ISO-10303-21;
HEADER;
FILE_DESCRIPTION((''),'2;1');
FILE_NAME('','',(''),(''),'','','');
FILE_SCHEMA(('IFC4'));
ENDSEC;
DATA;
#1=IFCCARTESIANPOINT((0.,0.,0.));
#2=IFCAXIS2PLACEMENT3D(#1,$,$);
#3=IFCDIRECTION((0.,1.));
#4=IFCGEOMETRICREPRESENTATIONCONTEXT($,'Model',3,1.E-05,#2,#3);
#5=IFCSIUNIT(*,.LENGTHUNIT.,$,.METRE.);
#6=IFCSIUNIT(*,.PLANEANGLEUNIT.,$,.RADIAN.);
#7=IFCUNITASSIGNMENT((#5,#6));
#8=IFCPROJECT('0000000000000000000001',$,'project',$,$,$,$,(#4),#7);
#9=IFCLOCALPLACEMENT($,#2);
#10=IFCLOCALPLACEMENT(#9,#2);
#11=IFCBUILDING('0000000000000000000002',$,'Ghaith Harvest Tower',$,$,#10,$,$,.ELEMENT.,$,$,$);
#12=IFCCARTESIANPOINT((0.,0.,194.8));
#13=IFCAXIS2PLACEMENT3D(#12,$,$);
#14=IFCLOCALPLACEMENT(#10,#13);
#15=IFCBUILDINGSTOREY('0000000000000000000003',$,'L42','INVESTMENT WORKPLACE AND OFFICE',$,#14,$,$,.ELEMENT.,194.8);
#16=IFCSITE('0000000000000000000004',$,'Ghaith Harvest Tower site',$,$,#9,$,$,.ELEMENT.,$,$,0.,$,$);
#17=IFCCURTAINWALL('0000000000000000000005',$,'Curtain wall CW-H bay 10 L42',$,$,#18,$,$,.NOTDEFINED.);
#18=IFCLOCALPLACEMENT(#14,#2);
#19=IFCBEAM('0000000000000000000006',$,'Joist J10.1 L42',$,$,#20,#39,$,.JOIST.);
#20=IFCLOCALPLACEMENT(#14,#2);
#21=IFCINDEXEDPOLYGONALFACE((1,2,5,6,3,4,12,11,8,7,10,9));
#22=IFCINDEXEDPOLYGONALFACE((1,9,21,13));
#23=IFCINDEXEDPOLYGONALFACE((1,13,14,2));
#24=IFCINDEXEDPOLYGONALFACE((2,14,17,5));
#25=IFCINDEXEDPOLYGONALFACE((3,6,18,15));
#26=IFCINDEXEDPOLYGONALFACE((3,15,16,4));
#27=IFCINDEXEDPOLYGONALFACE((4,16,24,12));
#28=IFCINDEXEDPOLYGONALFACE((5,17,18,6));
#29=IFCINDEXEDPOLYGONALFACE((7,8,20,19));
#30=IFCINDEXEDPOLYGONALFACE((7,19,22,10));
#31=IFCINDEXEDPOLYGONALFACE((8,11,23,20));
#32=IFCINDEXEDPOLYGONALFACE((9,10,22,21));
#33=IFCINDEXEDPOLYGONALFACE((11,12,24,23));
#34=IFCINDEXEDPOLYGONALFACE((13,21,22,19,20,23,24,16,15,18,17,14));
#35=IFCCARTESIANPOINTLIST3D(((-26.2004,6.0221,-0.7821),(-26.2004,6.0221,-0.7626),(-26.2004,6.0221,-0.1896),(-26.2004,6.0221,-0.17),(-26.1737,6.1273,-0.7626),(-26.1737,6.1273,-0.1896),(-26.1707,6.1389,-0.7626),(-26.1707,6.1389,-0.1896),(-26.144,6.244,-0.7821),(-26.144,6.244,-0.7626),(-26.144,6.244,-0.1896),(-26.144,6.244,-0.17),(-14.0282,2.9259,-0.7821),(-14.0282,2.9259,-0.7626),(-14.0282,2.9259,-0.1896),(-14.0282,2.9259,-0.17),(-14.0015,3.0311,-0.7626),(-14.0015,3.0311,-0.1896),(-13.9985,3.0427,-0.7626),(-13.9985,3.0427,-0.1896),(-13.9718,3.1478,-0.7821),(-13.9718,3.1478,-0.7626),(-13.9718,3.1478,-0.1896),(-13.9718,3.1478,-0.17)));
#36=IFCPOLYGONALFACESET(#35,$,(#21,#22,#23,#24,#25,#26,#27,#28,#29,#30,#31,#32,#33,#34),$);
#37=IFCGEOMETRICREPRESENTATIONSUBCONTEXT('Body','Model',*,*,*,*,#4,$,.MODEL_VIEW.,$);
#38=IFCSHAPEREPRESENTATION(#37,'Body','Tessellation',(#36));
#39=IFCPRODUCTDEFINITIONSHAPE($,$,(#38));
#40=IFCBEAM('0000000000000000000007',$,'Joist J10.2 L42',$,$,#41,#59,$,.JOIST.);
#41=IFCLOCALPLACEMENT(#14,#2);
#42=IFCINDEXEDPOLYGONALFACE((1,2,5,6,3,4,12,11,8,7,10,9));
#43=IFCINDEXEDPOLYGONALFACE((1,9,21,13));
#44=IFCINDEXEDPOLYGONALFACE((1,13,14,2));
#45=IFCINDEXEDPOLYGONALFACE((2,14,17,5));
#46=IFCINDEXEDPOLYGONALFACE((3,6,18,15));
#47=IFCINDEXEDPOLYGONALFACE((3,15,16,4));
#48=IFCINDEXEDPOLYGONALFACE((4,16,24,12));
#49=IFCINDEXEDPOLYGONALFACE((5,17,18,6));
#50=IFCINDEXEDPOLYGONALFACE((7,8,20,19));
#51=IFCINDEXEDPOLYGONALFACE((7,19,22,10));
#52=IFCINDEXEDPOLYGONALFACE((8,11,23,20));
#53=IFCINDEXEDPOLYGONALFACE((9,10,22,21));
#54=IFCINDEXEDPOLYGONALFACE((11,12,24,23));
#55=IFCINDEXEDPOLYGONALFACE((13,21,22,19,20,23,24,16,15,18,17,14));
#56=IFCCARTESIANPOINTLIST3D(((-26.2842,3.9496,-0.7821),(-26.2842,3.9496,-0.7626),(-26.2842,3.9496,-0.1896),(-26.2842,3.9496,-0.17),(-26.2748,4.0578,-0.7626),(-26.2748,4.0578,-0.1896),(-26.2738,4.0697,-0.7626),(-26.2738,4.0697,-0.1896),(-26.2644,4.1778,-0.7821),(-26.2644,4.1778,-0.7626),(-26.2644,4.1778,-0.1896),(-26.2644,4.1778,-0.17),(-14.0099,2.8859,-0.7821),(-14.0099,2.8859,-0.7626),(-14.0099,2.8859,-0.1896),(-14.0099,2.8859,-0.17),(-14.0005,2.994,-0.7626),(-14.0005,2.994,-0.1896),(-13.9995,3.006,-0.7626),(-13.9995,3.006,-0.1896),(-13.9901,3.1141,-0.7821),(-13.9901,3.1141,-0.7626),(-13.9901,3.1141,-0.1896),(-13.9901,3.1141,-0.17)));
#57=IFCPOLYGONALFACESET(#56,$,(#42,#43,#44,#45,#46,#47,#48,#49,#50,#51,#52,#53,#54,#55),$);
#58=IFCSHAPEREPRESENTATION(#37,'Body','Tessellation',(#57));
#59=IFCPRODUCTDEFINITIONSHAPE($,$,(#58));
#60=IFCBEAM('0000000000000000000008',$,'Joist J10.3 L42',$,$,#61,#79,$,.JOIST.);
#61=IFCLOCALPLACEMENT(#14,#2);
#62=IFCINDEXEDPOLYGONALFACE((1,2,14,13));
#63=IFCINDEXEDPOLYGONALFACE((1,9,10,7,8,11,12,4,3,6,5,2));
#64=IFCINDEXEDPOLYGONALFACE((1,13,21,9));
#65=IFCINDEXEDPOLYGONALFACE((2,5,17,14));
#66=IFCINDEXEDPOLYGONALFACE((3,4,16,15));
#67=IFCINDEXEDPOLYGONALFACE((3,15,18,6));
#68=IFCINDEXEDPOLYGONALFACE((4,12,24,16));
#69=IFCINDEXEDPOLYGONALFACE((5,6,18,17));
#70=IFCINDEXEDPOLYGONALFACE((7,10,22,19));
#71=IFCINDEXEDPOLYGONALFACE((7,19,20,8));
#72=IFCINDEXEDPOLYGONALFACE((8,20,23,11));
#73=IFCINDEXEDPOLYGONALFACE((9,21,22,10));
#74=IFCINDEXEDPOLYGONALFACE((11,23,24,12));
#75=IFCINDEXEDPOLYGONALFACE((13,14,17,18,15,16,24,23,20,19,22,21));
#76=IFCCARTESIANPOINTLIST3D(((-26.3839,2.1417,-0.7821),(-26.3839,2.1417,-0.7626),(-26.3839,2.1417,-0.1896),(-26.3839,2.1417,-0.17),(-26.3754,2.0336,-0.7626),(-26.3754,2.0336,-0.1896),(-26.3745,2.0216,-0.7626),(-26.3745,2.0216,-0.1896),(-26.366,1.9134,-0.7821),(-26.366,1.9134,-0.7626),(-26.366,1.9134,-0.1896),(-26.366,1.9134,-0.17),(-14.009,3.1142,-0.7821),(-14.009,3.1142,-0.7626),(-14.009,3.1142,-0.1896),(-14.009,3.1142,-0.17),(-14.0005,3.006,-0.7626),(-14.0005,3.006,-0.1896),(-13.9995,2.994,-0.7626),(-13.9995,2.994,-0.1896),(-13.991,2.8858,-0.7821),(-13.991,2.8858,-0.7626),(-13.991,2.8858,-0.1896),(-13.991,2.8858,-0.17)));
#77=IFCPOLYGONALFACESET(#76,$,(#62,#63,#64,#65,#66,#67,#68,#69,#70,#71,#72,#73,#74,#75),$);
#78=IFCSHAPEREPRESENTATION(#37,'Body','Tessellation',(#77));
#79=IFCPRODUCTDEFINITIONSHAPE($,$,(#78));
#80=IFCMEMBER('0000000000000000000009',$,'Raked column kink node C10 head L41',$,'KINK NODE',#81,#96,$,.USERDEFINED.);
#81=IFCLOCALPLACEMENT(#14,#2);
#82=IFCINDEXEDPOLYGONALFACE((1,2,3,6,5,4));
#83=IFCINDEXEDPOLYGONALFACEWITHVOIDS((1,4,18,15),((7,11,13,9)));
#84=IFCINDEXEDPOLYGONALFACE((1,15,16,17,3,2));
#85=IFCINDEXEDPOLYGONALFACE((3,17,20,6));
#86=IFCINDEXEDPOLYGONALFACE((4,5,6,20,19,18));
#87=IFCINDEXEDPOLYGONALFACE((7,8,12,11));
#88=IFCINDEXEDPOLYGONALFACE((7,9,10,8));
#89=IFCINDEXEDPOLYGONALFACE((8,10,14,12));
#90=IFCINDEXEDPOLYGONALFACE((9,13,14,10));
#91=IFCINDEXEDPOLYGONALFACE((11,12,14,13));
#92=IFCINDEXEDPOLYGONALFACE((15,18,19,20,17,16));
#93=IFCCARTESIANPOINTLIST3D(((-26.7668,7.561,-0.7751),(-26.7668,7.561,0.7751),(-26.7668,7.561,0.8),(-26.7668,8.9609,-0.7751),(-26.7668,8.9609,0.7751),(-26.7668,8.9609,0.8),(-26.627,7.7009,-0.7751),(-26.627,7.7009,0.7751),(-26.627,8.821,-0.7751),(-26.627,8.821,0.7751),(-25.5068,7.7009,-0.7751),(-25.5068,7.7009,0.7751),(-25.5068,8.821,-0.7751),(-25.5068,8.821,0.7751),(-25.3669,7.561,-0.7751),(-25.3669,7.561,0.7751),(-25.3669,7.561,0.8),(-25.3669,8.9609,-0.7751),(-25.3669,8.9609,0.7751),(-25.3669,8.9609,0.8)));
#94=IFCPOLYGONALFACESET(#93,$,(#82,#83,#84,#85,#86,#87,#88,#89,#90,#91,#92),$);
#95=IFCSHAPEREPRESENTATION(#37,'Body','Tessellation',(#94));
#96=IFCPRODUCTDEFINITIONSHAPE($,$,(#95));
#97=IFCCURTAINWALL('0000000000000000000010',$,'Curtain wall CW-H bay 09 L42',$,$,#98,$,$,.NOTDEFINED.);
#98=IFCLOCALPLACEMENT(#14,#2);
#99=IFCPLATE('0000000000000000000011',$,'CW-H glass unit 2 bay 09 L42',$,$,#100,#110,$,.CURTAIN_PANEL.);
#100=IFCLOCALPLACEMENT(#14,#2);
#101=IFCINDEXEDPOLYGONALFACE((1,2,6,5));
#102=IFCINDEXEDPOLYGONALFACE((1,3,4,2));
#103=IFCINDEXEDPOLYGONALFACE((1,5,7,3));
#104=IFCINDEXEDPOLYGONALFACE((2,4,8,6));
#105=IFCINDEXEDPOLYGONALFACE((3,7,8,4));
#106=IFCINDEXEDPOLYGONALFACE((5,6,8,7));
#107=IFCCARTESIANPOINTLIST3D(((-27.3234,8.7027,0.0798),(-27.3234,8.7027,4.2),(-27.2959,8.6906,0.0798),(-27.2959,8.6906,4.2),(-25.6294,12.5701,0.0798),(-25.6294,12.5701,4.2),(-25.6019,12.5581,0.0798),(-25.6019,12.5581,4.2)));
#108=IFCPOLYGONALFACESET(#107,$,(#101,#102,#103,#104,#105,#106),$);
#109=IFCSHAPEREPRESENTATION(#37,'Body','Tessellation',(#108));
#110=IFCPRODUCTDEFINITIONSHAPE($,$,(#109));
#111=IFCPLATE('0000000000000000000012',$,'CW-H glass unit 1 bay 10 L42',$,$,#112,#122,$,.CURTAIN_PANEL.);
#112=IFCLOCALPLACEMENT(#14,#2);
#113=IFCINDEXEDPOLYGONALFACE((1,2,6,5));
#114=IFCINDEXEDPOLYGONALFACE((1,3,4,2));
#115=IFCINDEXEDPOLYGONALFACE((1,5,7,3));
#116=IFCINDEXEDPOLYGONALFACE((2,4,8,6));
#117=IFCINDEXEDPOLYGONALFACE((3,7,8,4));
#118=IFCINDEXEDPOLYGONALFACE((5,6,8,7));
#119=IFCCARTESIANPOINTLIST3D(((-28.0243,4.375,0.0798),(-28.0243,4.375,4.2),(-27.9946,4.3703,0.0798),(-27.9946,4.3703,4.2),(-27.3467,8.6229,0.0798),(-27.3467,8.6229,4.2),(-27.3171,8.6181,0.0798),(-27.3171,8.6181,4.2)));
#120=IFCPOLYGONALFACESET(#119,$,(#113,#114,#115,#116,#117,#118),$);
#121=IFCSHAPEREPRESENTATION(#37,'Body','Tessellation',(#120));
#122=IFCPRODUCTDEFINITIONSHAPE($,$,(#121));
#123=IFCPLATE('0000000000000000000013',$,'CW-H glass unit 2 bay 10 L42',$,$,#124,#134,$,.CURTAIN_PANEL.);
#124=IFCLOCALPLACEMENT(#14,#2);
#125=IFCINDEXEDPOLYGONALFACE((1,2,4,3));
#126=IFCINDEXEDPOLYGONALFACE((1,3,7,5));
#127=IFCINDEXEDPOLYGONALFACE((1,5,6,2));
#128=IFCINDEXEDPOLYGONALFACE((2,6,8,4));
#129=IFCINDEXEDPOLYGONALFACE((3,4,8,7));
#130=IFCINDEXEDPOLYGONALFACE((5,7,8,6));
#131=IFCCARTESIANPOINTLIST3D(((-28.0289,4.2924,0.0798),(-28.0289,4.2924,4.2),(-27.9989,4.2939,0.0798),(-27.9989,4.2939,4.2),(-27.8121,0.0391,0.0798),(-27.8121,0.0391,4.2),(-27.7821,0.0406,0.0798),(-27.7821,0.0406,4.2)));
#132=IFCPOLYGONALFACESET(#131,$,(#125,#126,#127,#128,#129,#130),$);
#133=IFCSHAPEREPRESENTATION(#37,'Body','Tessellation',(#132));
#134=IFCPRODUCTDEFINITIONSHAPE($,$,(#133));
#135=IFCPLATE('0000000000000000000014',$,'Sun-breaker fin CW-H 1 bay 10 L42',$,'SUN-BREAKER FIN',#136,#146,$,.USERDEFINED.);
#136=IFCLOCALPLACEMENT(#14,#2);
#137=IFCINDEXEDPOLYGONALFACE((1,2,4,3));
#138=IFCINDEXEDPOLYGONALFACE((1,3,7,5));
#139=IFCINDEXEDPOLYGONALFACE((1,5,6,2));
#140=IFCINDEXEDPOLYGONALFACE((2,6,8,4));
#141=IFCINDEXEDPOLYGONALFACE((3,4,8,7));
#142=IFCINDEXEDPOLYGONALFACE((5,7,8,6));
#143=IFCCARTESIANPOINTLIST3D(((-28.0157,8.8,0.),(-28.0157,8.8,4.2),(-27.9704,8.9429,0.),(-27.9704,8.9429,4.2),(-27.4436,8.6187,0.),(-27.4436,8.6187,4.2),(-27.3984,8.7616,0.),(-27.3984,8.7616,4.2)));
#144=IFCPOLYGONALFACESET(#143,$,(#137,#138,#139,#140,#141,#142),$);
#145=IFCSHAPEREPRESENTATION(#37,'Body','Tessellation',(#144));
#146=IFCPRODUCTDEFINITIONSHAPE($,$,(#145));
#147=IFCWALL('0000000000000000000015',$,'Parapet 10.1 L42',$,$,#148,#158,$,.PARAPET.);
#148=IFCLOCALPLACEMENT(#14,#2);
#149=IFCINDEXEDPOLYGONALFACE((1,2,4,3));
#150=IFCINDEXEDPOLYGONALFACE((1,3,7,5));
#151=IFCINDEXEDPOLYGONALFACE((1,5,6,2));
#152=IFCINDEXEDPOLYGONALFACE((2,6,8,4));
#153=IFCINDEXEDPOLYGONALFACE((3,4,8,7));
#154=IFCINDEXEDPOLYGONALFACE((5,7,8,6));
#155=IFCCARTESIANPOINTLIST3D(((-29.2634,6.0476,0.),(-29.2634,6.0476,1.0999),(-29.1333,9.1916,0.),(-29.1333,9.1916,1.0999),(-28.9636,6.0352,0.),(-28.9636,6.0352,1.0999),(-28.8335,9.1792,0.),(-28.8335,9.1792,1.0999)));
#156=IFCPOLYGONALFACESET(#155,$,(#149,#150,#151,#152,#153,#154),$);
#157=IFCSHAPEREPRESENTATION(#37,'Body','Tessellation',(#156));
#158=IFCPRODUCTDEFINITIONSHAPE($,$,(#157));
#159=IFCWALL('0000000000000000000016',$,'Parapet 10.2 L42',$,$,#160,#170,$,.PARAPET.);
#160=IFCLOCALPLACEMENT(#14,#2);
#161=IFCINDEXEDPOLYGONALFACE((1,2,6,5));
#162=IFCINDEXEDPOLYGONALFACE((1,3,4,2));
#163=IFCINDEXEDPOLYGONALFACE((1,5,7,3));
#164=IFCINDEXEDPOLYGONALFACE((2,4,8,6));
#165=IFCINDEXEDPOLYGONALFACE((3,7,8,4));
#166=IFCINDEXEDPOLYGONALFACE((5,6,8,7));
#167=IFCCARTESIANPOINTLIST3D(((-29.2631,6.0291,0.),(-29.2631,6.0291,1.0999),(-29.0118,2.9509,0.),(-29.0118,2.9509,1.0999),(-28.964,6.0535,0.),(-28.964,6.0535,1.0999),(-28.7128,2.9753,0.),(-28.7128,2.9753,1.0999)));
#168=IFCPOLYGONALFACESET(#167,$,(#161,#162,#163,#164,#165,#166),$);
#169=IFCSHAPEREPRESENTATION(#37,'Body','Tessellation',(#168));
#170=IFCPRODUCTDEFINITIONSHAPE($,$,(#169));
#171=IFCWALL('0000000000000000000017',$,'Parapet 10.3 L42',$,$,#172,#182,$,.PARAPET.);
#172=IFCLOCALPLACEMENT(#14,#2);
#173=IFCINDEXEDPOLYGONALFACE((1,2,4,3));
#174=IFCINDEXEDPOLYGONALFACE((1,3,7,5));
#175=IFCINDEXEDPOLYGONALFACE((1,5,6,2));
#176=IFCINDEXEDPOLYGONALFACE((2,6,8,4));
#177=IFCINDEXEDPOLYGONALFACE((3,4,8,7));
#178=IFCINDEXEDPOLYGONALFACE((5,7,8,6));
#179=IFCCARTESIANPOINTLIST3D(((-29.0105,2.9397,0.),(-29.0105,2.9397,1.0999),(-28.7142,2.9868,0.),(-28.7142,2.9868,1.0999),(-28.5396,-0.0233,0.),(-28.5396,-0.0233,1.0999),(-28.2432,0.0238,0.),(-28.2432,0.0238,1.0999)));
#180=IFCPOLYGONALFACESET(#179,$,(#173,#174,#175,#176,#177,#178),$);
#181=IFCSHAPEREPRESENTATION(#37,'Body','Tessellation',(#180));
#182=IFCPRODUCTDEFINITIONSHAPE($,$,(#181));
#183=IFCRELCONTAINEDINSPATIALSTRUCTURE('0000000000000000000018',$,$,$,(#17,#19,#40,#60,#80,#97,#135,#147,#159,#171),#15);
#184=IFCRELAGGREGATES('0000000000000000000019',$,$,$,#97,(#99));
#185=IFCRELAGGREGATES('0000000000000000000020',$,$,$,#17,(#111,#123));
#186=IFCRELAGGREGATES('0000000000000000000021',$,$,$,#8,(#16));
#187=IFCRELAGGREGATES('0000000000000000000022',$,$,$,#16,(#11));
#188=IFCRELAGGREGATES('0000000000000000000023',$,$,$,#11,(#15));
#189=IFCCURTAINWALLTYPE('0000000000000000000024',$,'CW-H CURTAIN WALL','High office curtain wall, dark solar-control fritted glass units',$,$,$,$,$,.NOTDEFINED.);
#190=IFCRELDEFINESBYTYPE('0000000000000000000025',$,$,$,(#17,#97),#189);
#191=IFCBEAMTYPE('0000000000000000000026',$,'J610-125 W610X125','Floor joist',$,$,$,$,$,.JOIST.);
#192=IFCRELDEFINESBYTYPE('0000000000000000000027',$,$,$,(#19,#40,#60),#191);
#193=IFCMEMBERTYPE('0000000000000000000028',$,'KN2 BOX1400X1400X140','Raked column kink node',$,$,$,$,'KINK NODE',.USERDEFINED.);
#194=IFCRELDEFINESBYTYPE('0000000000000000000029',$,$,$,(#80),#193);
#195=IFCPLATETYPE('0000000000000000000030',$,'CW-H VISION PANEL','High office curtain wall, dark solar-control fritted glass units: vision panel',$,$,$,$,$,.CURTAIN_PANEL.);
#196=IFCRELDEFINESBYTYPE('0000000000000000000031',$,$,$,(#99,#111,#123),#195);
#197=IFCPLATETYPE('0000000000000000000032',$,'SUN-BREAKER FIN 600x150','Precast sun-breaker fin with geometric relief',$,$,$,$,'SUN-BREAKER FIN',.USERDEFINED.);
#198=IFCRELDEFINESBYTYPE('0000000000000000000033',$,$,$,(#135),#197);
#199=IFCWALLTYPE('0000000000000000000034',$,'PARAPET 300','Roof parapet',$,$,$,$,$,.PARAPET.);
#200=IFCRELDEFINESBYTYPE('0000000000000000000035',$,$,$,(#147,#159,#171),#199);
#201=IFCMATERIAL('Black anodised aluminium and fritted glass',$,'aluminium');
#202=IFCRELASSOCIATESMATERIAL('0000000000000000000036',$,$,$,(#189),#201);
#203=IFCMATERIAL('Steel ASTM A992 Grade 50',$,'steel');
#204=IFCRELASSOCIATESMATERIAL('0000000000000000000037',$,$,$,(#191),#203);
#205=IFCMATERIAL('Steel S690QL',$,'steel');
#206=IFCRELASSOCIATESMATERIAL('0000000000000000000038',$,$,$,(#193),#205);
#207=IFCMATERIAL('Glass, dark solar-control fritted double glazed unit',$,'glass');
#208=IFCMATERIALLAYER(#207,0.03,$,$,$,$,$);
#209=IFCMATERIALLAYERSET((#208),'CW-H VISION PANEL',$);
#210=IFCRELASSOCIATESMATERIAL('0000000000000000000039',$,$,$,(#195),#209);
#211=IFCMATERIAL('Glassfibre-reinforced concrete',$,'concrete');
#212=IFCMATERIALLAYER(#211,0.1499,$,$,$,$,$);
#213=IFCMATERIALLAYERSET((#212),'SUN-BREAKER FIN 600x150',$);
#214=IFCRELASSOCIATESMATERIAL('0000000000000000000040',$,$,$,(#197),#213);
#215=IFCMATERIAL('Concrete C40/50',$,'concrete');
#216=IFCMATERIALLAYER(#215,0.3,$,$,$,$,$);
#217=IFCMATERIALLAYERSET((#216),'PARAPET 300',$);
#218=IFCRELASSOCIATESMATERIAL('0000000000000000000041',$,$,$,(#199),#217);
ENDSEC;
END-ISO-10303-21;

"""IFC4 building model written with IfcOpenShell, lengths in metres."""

from ifc_helpers import new_model, si_unit, direction, frame, frame_2d, origin, origin_2d, place, context, subcontext, project, spatial, rectangle, hollow_rectangle, i_section, extrude, boolean, material, layer, layer_set, material_profile, profile_set, type_object, element, aggregate, save


model = new_model("IFC4")

# Units and contexts
model_context = context("Model", 3, precision=1e-05, world=origin(), true_north=direction((0.0, 1.0)))
body_context = subcontext(model_context, "Body", "Model", "MODEL_VIEW")
ifc_project = project(units=[si_unit("LENGTHUNIT", "METRE"), si_unit("PLANEANGLEUNIT", "RADIAN")], contexts=[model_context])

# Site, building, storey
site_placement = place(None, origin())
site = spatial("IfcSite", under=ifc_project, at=site_placement, Name="Ghaith Harvest Tower site", CompositionType="ELEMENT", RefElevation=0.0)
building_placement = place(site_placement, origin())
building = spatial("IfcBuilding", under=site, at=building_placement, Name="Ghaith Harvest Tower", CompositionType="ELEMENT")
storey_placement = place(building_placement, frame((0.0, 0.0, 194.8)))
storey = spatial("IfcBuildingStorey", under=building, at=storey_placement, Name="L42", Description="INVESTMENT WORKPLACE AND OFFICE", CompositionType="ELEMENT", Elevation=194.8)

# Curtain wall
ifc_material_1 = material(Name="Black anodised aluminium and fritted glass", Category="aluminium")
curtain_wall_type = type_object("IfcCurtainWallType", Name="CW-H CURTAIN WALL", Description="High office curtain wall, dark solar-control fritted glass units", PredefinedType="NOTDEFINED", material=ifc_material_1)
curtain_wall_1_placement = place(storey_placement, origin())
curtain_wall_1 = element("IfcCurtainWall", 1, at=curtain_wall_1_placement, inside=storey, type_object=curtain_wall_type, Name="Curtain wall CW-H bay 10 L42", PredefinedType="NOTDEFINED")

# Beams
ifc_material_2 = material(Name="Steel ASTM A992 Grade 50", Category="steel")
ifc_material_profile_1 = material_profile(ifc_material_2, i_section(OverallWidth=0.229, OverallDepth=0.6121, WebThickness=0.012, FlangeThickness=0.0195, at=origin_2d()), Name="W610X125")
ifc_profile_set_1 = profile_set([ifc_material_profile_1], Name="Steel ASTM A992 Grade 50")
beam_type_1 = type_object("IfcBeamType", Name="J610-125 W610X125", Description="Floor joist", PredefinedType="JOIST", material=ifc_profile_set_1)
beam_1_placement = place(storey_placement, frame((-14.0, 3.0369, -0.4761), z_axis=(-0.969138, 0.246517, 0.0), x_axis=(-0.246517, -0.969138, 0.0)))
element("IfcBeam", 2, at=beam_1_placement, inside=storey, type_object=beam_type_1, Name="Joist J10.1 L42", PredefinedType="JOIST", context=body_context, shape_type="SweptSolid", body=[
    extrude(i_section(OverallWidth=0.229, OverallDepth=0.6121, WebThickness=0.012, FlangeThickness=0.0195, at=origin_2d()), origin(), (0.0, 0.0, 1.0), 12.5598),
])
beam_2_placement = place(storey_placement, frame((-14.0, 3.0, -0.4761), z_axis=(-0.996266, 0.086338, 0.0), x_axis=(-0.086338, -0.996266, 0.0)))
element("IfcBeam", 3, at=beam_2_placement, inside=storey, type_object=beam_type_1, Name="Joist J10.2 L42", PredefinedType="JOIST", context=body_context, shape_type="SweptSolid", body=[
    extrude(i_section(OverallWidth=0.229, OverallDepth=0.6121, WebThickness=0.012, FlangeThickness=0.0195, at=origin_2d()), origin(), (0.0, 0.0, 1.0), 12.3203),
])
beam_3_placement = place(storey_placement, frame((-14.0, 3.0, -0.4761), z_axis=(-0.996927, -0.078337, 0.0), x_axis=(0.078337, -0.996927, 0.0)))
element("IfcBeam", 4, at=beam_3_placement, inside=storey, type_object=beam_type_1, Name="Joist J10.3 L42", PredefinedType="JOIST", context=body_context, shape_type="SweptSolid", body=[
    extrude(i_section(OverallWidth=0.229, OverallDepth=0.6121, WebThickness=0.012, FlangeThickness=0.0195, at=origin_2d()), origin(), (0.0, 0.0, 1.0), 12.4131),
])

# Member
ifc_material_3 = material(Name="Steel S690QL", Category="steel")
ifc_material_profile_2 = material_profile(ifc_material_3, hollow_rectangle(XDim=1.3999, YDim=1.3999, WallThickness=0.1399, at=origin_2d()), Name="BOX1400X1400X140")
ifc_profile_set_2 = profile_set([ifc_material_profile_2], Name="Steel S690QL")
member_type_1 = type_object("IfcMemberType", Name="KN2 BOX1400X1400X140", Description="Raked column kink node", ElementType="KINK NODE", PredefinedType="USERDEFINED", material=ifc_profile_set_2)
member_1_placement = place(storey_placement, frame((-26.0669, 8.261, -0.7751), z_axis=(0.0, 0.0, 1.0), x_axis=(1.0, 0.0, 0.0)))
element("IfcMember", 5, at=member_1_placement, inside=storey, type_object=member_type_1, Name="Raked column kink node C10 head L41", ObjectType="KINK NODE", PredefinedType="USERDEFINED", context=body_context, shape_type="CSG", body=[
    boolean("UNION", extrude(hollow_rectangle(XDim=1.3999, YDim=1.3999, WallThickness=0.1399, at=origin_2d()), origin(), (0.0, 0.0, 1.0), 1.5503), extrude(rectangle(XDim=1.3999, YDim=1.3999, at=origin_2d()), frame((0.0, 0.0, 1.5503)), (0.0, 0.0, 1.0), 0.0249)),
])

# Curtain wall, plate
curtain_wall_2_placement = place(storey_placement, origin())
curtain_wall_2 = element("IfcCurtainWall", 6, at=curtain_wall_2_placement, inside=storey, type_object=curtain_wall_type, Name="Curtain wall CW-H bay 09 L42", PredefinedType="NOTDEFINED")
ifc_material_4 = material(Name="Glass, dark solar-control fritted double glazed unit", Category="glass")
ifc_layer_1 = layer(ifc_material_4, 0.03)
ifc_layer_set_1 = layer_set([ifc_layer_1], Name="CW-H VISION PANEL")
plate_type_1 = type_object("IfcPlateType", Name="CW-H VISION PANEL", Description="High office curtain wall, dark solar-control fritted glass units: vision panel", PredefinedType="CURTAIN_PANEL", material=ifc_layer_set_1)
plate_1_placement = place(storey_placement, frame((-26.4626, 10.6304, 0.0798), z_axis=(0.0, 0.0, 1.0), x_axis=(-0.401213, -0.915985, 0.0)))
plate_1 = element("IfcPlate", 7, at=plate_1_placement, type_object=plate_type_1, Name="CW-H glass unit 2 bay 09 L42", PredefinedType="CURTAIN_PANEL", context=body_context, shape_type="SweptSolid", body=[
    extrude(rectangle(XDim=4.2222, YDim=0.03, at=origin_2d()), origin(), (0.0, 0.0, 1.0), 4.1201),
])
aggregate(curtain_wall_2, [plate_1])

# Plates
plate_2_placement = place(storey_placement, frame((-27.6707, 6.4966, 0.0798), z_axis=(0.0, 0.0, 1.0), x_axis=(-0.157514, -0.987517, 0.0)))
plate_2 = element("IfcPlate", 8, at=plate_2_placement, type_object=plate_type_1, Name="CW-H glass unit 1 bay 10 L42", PredefinedType="CURTAIN_PANEL", context=body_context, shape_type="SweptSolid", body=[
    extrude(rectangle(XDim=4.3015, YDim=0.03, at=origin_2d()), origin(), (0.0, 0.0, 1.0), 4.1201),
])
plate_3_placement = place(storey_placement, frame((-27.9055, 2.1665, 0.0798), z_axis=(0.0, 0.0, 1.0), x_axis=(0.050895, -0.998704, 0.0)))
plate_3 = element("IfcPlate", 9, at=plate_3_placement, type_object=plate_type_1, Name="CW-H glass unit 2 bay 10 L42", PredefinedType="CURTAIN_PANEL", context=body_context, shape_type="SweptSolid", body=[
    extrude(rectangle(XDim=4.2588, YDim=0.03, at=origin_2d()), origin(), (0.0, 0.0, 1.0), 4.1201),
])
aggregate(curtain_wall_1, [plate_2, plate_3])
ifc_material_5 = material(Name="Glassfibre-reinforced concrete", Category="concrete")
ifc_layer_2 = layer(ifc_material_5, 0.1499)
ifc_layer_set_2 = layer_set([ifc_layer_2], Name="SUN-BREAKER FIN 600x150")
plate_type_2 = type_object("IfcPlateType", Name="SUN-BREAKER FIN 600x150", Description="Precast sun-breaker fin with geometric relief", ElementType="SUN-BREAKER FIN", PredefinedType="USERDEFINED", material=ifc_layer_set_2)
plate_4_placement = place(storey_placement, frame((-27.707, 8.7808, 0.0), z_axis=(0.0, 0.0, 1.0), x_axis=(-0.953273, 0.30211, 0.0)))
element("IfcPlate", 10, at=plate_4_placement, inside=storey, type_object=plate_type_2, Name="Sun-breaker fin CW-H 1 bay 10 L42", ObjectType="SUN-BREAKER FIN", PredefinedType="USERDEFINED", context=body_context, shape_type="SweptSolid", body=[
    extrude(rectangle(XDim=0.6001, YDim=0.1499, at=origin_2d()), origin(), (0.0, 0.0, 1.0), 4.2),
])

# Walls
ifc_material_6 = material(Name="Concrete C40/50", Category="concrete")
ifc_layer_3 = layer(ifc_material_6, 0.3)
ifc_layer_set_3 = layer_set([ifc_layer_3], Name="PARAPET 300")
wall_type_1 = type_object("IfcWallType", Name="PARAPET 300", Description="Roof parapet", PredefinedType="PARAPET", material=ifc_layer_set_3)
wall_1_placement = place(storey_placement, frame((-28.9834, 9.1853, 0.0), z_axis=(0.0, 0.0, 1.0), x_axis=(-0.041353, -0.999145, 0.0)))
element("IfcWall", 11, at=wall_1_placement, inside=storey, type_object=wall_type_1, Name="Parapet 10.1 L42", PredefinedType="PARAPET", context=body_context, shape_type="SweptSolid", body=[
    extrude(rectangle(XDim=3.1467, YDim=0.3, at=frame_2d((1.5732, 0.0))), origin(), (0.0, 0.0, 1.0), 1.0999),
])
wall_2_placement = place(storey_placement, frame((-29.1135, 6.0413, 0.0), z_axis=(0.0, 0.0, 1.0), x_axis=(0.081344, -0.996686, 0.0)))
element("IfcWall", 12, at=wall_2_placement, inside=storey, type_object=wall_type_1, Name="Parapet 10.2 L42", PredefinedType="PARAPET", context=body_context, shape_type="SweptSolid", body=[
    extrude(rectangle(XDim=3.0884, YDim=0.3, at=frame_2d((1.5442, 0.0))), origin(), (0.0, 0.0, 1.0), 1.0999),
])
wall_3_placement = place(storey_placement, frame((-28.8623, 2.9631, 0.0), z_axis=(0.0, 0.0, 1.0), x_axis=(0.156965, -0.987604, 0.0)))
element("IfcWall", 13, at=wall_3_placement, inside=storey, type_object=wall_type_1, Name="Parapet 10.3 L42", PredefinedType="PARAPET", context=body_context, shape_type="SweptSolid", body=[
    extrude(rectangle(XDim=3.0002, YDim=0.3, at=frame_2d((1.5, 0.0))), origin(), (0.0, 0.0, 1.0), 1.0999),
])

save(model, "model.ifc")
